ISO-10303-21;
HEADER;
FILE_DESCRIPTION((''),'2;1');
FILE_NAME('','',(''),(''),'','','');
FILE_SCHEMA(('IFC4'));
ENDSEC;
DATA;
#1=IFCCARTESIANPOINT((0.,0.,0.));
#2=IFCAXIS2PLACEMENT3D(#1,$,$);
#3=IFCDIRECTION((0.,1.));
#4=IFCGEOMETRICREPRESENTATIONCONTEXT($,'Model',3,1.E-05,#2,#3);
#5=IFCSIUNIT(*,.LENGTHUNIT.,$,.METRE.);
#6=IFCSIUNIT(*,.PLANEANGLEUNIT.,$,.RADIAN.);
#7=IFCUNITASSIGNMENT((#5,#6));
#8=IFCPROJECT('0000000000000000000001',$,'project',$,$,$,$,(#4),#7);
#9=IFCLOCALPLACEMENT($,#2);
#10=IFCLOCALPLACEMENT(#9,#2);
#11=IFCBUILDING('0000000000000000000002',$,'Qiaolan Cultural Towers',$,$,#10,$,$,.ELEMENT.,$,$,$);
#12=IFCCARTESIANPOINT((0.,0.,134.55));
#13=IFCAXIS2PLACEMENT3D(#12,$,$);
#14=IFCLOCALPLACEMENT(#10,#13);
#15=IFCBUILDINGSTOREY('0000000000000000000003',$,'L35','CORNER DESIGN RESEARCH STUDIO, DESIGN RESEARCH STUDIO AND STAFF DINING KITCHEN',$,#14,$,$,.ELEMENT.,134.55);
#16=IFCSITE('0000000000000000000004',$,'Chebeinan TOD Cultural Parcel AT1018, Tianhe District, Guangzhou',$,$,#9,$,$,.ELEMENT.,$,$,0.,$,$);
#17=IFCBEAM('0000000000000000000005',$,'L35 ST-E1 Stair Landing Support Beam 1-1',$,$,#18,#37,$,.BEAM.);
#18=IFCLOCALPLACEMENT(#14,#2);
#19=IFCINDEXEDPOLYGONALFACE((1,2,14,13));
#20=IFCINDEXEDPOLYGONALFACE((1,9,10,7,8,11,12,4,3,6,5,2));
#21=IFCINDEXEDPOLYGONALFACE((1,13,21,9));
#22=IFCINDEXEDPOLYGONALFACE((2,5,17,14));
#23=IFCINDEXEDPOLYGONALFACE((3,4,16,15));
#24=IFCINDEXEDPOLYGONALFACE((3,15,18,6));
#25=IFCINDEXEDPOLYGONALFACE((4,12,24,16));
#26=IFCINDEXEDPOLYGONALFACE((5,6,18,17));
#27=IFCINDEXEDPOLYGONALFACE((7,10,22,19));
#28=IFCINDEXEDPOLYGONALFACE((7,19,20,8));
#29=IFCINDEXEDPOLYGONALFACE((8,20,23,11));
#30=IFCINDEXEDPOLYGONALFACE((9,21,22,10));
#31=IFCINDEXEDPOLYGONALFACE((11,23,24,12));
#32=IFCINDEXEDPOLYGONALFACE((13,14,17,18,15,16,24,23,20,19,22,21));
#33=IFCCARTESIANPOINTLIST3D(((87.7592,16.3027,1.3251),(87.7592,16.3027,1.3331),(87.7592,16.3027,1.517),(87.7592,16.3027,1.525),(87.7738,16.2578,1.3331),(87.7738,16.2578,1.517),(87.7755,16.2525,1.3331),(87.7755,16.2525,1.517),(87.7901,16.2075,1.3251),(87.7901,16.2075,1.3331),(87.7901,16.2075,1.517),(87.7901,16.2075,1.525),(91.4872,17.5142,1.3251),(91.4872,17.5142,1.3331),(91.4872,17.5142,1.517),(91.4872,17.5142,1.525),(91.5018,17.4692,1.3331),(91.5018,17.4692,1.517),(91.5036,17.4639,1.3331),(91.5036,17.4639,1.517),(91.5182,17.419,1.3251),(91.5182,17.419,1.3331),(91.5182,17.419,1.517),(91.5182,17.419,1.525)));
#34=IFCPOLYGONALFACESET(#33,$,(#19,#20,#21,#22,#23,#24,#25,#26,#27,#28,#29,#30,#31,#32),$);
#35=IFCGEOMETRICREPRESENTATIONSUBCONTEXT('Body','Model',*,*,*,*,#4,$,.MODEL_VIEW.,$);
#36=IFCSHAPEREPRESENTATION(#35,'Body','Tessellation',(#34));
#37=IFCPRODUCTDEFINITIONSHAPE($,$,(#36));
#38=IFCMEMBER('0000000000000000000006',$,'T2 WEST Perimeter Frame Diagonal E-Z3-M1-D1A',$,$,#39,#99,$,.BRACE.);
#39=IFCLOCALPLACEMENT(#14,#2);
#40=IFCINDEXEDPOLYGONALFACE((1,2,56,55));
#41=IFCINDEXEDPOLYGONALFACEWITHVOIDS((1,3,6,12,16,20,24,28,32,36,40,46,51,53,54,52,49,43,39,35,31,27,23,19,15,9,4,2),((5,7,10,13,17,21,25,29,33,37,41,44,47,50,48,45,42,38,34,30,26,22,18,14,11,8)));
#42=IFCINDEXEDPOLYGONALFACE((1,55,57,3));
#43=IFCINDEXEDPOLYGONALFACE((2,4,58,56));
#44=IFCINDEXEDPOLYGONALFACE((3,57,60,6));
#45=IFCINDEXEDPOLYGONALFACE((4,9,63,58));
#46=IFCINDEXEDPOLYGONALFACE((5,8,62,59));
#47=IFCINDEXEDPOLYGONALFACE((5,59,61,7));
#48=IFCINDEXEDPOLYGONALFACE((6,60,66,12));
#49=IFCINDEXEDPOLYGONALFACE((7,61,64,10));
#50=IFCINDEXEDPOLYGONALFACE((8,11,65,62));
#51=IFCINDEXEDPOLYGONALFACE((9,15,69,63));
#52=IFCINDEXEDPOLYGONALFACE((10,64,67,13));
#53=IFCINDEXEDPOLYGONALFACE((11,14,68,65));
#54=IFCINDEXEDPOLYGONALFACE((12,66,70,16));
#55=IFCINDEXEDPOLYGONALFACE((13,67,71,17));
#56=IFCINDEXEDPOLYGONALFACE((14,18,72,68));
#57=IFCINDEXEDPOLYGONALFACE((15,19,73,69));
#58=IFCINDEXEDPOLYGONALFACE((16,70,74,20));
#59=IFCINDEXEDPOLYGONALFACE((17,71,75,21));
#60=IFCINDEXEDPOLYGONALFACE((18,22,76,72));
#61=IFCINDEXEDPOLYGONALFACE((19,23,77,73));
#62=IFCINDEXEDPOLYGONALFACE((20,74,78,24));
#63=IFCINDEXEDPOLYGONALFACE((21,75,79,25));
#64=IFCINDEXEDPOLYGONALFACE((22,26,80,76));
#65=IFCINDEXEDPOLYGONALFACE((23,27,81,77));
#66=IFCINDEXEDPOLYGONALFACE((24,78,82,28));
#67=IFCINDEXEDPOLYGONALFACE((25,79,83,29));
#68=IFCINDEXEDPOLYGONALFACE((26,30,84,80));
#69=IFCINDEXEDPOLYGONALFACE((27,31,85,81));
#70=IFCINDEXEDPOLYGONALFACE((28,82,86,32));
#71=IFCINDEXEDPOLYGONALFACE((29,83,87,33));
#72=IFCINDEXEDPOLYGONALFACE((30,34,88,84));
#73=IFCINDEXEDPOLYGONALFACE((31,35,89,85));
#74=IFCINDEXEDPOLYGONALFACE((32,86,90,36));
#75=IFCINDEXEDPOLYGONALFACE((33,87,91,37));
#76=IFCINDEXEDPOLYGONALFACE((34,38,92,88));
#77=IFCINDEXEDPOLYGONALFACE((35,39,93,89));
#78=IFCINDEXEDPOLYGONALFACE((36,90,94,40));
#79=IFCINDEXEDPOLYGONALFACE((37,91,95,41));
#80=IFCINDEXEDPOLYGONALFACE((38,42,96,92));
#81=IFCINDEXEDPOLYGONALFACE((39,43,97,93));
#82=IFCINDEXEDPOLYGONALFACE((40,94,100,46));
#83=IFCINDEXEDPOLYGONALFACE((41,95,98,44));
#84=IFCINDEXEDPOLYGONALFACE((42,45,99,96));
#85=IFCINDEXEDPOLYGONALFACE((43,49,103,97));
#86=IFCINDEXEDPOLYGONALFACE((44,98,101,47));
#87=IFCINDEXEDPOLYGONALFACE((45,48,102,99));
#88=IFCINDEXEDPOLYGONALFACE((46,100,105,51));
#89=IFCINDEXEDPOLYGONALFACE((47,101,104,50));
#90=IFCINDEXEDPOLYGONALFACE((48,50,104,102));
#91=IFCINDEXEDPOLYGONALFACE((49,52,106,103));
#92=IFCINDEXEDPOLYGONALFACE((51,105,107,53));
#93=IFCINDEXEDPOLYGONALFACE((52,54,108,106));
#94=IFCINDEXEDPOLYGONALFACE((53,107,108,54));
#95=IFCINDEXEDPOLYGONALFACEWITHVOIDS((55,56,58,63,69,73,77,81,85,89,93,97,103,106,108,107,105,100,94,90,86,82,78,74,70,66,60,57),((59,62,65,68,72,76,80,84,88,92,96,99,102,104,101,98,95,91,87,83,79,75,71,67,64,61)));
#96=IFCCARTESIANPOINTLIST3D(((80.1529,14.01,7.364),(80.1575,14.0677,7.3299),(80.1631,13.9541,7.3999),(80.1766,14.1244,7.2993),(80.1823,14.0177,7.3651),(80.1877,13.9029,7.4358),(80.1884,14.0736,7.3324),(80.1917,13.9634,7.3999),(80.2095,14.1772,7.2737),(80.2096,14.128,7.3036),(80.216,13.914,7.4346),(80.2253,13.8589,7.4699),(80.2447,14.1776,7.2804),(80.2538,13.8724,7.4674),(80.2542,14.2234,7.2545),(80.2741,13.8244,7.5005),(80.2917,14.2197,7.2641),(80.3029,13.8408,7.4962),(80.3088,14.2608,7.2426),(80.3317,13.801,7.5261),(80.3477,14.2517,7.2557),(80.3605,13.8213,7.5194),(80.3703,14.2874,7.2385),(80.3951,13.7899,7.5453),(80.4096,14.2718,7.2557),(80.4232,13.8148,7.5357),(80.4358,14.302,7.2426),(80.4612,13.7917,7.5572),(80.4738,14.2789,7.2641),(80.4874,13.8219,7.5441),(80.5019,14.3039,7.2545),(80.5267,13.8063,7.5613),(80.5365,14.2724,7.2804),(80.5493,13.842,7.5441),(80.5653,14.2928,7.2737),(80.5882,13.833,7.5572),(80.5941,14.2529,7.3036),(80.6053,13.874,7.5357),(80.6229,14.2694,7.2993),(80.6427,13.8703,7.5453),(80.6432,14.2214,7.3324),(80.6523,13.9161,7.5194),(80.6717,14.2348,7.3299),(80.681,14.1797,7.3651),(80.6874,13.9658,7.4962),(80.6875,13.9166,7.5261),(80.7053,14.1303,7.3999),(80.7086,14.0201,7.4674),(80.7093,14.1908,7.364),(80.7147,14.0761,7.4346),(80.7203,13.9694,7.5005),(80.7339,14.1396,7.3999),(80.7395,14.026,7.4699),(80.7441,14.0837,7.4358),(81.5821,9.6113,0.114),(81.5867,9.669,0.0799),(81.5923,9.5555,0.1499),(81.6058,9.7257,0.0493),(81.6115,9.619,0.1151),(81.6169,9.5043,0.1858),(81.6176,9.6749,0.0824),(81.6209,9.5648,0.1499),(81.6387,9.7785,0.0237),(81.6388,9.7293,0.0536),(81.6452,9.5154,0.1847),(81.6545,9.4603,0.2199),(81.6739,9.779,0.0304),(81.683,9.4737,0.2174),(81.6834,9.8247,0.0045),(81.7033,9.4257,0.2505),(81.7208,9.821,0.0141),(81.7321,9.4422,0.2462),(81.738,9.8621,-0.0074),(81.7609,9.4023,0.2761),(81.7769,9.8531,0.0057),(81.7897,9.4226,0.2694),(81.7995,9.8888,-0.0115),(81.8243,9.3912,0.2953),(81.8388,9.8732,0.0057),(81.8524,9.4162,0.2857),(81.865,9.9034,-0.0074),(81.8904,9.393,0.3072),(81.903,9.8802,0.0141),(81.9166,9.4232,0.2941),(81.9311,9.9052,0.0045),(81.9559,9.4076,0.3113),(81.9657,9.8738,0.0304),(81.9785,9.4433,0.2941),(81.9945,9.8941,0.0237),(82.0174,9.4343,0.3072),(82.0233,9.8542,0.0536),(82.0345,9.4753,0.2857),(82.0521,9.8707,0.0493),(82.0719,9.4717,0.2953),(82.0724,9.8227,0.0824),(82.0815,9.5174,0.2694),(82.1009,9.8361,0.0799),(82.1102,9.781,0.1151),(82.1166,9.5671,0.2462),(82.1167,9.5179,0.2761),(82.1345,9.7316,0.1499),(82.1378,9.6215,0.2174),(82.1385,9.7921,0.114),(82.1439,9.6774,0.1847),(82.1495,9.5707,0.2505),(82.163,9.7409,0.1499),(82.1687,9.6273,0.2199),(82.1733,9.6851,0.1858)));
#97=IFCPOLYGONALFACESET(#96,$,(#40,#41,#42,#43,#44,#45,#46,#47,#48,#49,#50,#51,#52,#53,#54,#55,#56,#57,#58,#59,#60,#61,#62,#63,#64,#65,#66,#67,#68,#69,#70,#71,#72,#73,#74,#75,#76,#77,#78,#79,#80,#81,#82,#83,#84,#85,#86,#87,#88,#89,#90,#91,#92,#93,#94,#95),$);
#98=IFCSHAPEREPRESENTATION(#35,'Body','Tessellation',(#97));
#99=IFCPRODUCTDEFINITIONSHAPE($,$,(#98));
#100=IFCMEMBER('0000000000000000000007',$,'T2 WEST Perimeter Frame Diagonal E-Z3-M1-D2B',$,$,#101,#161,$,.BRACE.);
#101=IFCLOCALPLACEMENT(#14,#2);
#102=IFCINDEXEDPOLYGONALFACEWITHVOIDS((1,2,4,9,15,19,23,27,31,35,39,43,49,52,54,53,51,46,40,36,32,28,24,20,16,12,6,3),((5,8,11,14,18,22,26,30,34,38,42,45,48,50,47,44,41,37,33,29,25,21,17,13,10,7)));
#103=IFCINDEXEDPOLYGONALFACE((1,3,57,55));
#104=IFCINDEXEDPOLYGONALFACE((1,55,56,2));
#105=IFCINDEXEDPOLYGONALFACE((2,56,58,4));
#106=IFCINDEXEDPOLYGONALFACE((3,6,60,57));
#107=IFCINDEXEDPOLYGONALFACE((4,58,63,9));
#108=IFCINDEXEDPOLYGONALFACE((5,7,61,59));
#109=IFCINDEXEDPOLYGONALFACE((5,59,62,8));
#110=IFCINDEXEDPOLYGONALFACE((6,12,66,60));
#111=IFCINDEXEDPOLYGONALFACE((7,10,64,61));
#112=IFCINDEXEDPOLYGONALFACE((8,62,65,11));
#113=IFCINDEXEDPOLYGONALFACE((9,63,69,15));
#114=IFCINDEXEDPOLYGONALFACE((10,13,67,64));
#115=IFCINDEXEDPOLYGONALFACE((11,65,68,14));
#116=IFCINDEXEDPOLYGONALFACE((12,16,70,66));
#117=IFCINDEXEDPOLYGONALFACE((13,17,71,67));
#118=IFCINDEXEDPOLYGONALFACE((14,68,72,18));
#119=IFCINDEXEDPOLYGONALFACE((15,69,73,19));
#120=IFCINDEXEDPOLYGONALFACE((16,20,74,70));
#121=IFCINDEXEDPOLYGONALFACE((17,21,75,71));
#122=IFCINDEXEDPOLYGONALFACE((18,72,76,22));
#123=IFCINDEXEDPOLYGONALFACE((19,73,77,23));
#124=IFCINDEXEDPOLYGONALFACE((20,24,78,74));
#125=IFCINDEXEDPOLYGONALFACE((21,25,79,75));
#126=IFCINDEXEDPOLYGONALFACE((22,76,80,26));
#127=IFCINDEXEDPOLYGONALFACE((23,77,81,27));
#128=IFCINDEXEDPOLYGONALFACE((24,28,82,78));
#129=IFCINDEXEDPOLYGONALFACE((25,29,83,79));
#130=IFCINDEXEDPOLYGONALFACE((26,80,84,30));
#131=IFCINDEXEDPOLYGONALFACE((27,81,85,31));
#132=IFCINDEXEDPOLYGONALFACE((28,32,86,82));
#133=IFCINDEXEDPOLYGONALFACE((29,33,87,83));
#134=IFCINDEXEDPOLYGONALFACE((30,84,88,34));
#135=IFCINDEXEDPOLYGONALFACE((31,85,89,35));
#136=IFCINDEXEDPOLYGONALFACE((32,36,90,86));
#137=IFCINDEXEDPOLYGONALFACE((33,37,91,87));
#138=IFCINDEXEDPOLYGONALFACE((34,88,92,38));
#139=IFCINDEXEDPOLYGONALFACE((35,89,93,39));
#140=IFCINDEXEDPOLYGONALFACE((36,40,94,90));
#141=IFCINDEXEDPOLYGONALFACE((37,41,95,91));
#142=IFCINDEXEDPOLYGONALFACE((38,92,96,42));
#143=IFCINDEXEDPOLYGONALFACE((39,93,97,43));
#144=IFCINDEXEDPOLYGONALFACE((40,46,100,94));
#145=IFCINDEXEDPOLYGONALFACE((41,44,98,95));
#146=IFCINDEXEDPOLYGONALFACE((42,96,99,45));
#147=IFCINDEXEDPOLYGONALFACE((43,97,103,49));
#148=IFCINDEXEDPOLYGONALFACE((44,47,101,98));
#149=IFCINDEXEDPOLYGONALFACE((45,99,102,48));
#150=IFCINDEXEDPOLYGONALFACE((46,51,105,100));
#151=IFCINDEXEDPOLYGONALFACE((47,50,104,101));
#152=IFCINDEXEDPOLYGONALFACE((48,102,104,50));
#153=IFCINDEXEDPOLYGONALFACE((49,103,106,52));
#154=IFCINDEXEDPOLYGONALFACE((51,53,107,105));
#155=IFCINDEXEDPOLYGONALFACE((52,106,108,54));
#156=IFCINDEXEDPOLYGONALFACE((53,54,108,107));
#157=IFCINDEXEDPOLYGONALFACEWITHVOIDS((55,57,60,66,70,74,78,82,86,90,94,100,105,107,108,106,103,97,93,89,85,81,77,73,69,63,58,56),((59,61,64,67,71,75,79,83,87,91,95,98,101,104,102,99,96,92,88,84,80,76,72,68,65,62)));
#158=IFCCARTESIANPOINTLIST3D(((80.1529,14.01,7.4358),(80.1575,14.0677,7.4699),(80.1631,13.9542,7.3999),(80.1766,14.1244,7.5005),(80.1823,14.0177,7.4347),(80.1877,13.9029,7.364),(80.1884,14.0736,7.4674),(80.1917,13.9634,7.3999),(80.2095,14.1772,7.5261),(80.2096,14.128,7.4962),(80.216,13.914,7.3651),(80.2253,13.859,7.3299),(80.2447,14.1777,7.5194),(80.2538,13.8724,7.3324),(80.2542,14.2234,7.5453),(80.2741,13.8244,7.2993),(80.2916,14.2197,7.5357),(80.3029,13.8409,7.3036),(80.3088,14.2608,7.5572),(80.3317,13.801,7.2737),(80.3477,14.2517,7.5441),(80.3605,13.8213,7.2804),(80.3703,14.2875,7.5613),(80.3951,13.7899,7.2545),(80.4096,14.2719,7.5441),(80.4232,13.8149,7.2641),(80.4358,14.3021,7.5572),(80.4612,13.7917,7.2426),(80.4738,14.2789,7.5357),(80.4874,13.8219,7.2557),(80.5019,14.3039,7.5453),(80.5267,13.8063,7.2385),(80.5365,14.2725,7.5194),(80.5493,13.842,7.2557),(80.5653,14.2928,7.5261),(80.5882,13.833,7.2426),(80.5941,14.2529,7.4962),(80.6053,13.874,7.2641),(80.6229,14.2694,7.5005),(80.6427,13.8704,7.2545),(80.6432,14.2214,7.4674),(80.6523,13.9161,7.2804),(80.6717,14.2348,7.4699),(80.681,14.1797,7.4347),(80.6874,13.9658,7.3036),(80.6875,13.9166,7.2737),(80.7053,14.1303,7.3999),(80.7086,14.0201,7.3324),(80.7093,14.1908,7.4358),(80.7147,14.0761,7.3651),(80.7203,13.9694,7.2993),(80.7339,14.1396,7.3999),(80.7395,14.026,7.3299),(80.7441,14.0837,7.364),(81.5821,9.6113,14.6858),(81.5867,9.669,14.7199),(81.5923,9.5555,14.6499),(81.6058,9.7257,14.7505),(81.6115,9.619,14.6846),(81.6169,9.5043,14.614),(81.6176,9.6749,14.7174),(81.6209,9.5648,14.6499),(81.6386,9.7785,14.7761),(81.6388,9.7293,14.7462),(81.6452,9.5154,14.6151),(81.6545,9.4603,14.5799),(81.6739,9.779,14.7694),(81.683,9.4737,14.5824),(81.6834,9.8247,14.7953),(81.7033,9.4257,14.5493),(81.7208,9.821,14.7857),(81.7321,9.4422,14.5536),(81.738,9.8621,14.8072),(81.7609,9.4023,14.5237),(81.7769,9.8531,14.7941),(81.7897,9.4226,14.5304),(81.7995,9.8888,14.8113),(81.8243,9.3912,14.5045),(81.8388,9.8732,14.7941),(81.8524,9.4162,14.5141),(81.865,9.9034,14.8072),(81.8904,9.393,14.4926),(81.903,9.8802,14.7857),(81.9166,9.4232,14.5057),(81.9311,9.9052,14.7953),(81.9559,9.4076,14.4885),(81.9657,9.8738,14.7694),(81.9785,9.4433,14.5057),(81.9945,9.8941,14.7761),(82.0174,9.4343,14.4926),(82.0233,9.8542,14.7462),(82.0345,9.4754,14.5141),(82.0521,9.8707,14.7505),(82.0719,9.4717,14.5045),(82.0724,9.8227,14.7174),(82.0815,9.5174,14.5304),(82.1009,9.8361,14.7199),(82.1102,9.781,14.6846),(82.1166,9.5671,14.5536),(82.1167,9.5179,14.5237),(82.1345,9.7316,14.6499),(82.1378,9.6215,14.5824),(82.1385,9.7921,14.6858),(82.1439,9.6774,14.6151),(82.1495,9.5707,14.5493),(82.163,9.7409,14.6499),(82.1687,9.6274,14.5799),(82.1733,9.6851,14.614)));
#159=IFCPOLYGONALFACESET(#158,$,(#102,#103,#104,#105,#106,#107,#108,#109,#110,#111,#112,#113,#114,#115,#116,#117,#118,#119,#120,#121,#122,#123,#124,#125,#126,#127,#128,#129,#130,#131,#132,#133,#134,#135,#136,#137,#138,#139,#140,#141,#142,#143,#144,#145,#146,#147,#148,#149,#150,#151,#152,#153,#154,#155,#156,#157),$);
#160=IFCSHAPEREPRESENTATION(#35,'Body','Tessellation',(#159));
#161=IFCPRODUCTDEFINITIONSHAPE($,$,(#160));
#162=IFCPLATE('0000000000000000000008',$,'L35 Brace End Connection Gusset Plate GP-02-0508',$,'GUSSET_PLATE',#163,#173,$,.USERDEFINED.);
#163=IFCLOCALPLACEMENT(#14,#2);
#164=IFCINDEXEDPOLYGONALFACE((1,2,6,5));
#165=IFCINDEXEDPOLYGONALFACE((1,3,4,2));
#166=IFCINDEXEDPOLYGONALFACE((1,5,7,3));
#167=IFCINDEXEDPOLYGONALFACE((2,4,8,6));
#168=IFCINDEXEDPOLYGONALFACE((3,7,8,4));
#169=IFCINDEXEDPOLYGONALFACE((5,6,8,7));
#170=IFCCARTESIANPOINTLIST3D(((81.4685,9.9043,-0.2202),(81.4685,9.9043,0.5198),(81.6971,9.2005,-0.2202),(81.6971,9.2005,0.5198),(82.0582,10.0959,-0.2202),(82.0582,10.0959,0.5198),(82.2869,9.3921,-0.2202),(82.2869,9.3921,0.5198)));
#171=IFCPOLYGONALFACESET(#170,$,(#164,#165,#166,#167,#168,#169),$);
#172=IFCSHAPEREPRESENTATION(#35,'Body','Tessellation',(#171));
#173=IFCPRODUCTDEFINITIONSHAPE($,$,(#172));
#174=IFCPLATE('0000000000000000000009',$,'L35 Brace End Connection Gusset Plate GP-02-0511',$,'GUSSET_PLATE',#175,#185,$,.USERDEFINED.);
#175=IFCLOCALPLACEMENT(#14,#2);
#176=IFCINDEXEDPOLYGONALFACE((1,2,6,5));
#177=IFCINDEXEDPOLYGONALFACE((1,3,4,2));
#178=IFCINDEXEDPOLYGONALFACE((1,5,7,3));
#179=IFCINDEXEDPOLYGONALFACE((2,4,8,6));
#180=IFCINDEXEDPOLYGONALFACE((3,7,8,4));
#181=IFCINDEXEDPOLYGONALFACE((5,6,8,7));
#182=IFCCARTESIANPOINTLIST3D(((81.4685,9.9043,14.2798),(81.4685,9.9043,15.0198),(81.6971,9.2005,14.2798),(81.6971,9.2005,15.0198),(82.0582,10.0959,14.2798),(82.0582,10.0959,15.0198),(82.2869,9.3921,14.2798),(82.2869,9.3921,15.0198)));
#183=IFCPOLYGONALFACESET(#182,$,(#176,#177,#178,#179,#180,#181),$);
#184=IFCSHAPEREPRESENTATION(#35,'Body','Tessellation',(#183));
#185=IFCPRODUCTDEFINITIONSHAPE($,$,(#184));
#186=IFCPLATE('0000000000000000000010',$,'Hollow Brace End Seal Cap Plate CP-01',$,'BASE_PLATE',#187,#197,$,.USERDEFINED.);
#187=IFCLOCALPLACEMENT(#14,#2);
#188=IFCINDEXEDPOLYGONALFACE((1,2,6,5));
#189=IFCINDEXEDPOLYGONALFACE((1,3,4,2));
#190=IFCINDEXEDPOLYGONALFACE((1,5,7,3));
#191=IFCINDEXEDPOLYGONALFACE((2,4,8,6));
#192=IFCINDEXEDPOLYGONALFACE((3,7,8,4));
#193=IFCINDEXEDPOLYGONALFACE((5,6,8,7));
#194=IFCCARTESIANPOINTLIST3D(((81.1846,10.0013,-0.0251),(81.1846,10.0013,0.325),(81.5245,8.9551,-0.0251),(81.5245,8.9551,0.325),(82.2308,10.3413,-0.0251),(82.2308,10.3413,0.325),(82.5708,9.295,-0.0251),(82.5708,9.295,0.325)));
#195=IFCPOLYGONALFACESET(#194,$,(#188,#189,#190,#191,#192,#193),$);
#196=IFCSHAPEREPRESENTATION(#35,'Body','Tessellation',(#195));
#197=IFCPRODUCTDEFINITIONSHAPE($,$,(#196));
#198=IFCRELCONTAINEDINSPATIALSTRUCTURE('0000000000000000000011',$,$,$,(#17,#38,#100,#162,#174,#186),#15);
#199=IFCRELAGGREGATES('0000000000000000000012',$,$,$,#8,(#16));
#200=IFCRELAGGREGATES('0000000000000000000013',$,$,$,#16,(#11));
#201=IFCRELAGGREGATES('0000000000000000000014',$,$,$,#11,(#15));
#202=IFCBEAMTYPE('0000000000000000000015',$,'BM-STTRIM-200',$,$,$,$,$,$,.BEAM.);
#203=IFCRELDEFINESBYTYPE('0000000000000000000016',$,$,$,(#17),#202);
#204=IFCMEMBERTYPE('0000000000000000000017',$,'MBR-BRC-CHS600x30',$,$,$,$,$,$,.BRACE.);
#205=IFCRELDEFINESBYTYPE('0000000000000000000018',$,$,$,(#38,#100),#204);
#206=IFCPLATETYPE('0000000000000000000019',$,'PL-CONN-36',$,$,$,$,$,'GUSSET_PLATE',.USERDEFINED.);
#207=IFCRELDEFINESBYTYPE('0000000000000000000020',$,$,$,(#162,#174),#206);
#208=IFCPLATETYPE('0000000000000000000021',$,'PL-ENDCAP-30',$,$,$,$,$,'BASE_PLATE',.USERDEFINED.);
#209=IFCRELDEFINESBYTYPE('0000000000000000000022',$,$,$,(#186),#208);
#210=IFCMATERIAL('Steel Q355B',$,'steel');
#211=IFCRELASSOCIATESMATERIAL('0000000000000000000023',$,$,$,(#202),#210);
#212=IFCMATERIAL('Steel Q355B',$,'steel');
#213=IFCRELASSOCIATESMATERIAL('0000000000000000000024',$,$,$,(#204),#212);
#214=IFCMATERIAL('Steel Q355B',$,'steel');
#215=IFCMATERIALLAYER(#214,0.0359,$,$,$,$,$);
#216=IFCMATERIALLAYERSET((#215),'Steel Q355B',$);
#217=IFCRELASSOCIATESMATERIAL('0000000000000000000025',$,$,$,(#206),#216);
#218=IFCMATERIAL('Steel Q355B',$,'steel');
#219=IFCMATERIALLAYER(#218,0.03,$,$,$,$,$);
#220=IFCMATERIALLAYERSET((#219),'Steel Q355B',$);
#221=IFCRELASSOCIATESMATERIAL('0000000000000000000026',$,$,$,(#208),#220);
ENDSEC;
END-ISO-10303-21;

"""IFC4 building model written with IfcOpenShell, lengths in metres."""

from ifc_helpers import new_model, si_unit, direction, frame, origin, origin_2d, place, context, subcontext, project, spatial, rectangle, hollow_circle, i_section, extrude, material, layer, layer_set, material_profile, profile_set, type_object, element, save


model = new_model("IFC4")

# Units and contexts
model_context = context("Model", 3, precision=1e-05, world=origin(), true_north=direction((0.0, 1.0)))
body_context = subcontext(model_context, "Body", "Model", "MODEL_VIEW")
ifc_project = project(units=[si_unit("LENGTHUNIT", "METRE"), si_unit("PLANEANGLEUNIT", "RADIAN")], contexts=[model_context])

# Site, building, storey
site_placement = place(None, origin())
site = spatial("IfcSite", under=ifc_project, at=site_placement, Name="Chebeinan TOD Cultural Parcel AT1018, Tianhe District, Guangzhou", CompositionType="ELEMENT", RefElevation=0.0)
building_placement = place(site_placement, origin())
building = spatial("IfcBuilding", under=site, at=building_placement, Name="Qiaolan Cultural Towers", CompositionType="ELEMENT")
storey_placement = place(building_placement, frame((0.0, 0.0, 134.55)))
storey = spatial("IfcBuildingStorey", under=building, at=storey_placement, Name="L35", Description="CORNER DESIGN RESEARCH STUDIO, DESIGN RESEARCH STUDIO AND STAFF DINING KITCHEN", CompositionType="ELEMENT", Elevation=134.55)

# Beam
ifc_material_1 = material(Name="Steel Q355B", Category="steel")
ifc_material_profile_1 = material_profile(ifc_material_1, i_section(OverallWidth=0.1001, OverallDepth=0.2, WebThickness=0.0056, FlangeThickness=0.0081, at=origin_2d()), Name="HN200x100x5.5x8")
ifc_profile_set_1 = profile_set([ifc_material_profile_1], Name="Steel Q355B")
beam_type_1 = type_object("IfcBeamType", Name="BM-STTRIM-200", PredefinedType="BEAM", material=ifc_profile_set_1)
beam_1_placement = place(storey_placement, frame((87.7747, 16.2551, 1.425), z_axis=(0.951048, 0.309044, 0.0), x_axis=(-0.309044, 0.951048, 0.0)))
element("IfcBeam", 1, at=beam_1_placement, inside=storey, type_object=beam_type_1, Name="L35 ST-E1 Stair Landing Support Beam 1-1", PredefinedType="BEAM", context=body_context, shape_type="SweptSolid", body=[
    extrude(i_section(OverallWidth=0.1001, OverallDepth=0.2, WebThickness=0.0056, FlangeThickness=0.0081, at=origin_2d()), origin(), (0.0, 0.0, 1.0), 3.9199),
])

# Members
ifc_material_2 = material(Name="Steel Q355B", Category="steel")
ifc_material_profile_2 = material_profile(ifc_material_2, hollow_circle(Radius=0.3, WallThickness=0.03, at=origin_2d()), Name="CHS600x30")
ifc_profile_set_2 = profile_set([ifc_material_profile_2], Name="Steel Q355B")
member_type = type_object("IfcMemberType", Name="MBR-BRC-CHS600x30", PredefinedType="BRACE", material=ifc_profile_set_2)
for number, where, z_axis, x_axis, name in (
    (2, (81.8777, 9.6482, 0.1499), (-0.166193, 0.511497, 0.84306), (-0.951058, -0.309013, 0.0), "T2 WEST Perimeter Frame Diagonal E-Z3-M1-D1A"),
    (3, (80.4485, 14.0469, 7.3999), (0.166193, -0.511497, 0.84306), (0.951058, 0.309013, 0.0), "T2 WEST Perimeter Frame Diagonal E-Z3-M1-D2B"),
):
    element("IfcMember", number, at=place(storey_placement, frame(where, z_axis=z_axis, x_axis=x_axis)), inside=storey, type_object=member_type, Name=name, PredefinedType="BRACE", context=body_context, shape_type="SweptSolid", body=[
        extrude(hollow_circle(Radius=0.3, WallThickness=0.03, at=origin_2d()), origin(), (0.0, 0.0, 1.0), 8.5996),
    ])

# Plates
ifc_material_3 = material(Name="Steel Q355B", Category="steel")
ifc_layer_1 = layer(ifc_material_3, 0.0359)
ifc_layer_set_1 = layer_set([ifc_layer_1], Name="Steel Q355B")
plate_type_1 = type_object("IfcPlateType", Name="PL-CONN-36", ElementType="GUSSET_PLATE", PredefinedType="USERDEFINED", material=ifc_layer_set_1)
for number, where, z_axis, x_axis, name in (
    (4, (81.8777, 9.6482, -0.2202), (0.0, 0.0, 1.0), (-0.309017, 0.951057, 0.0), "L35 Brace End Connection Gusset Plate GP-02-0508"),
    (5, (81.8777, 9.6482, 14.2798), (0.0, 0.0, 1.0), (-0.309017, 0.951057, 0.0), "L35 Brace End Connection Gusset Plate GP-02-0511"),
):
    element("IfcPlate", number, at=place(storey_placement, frame(where, z_axis=z_axis, x_axis=x_axis)), inside=storey, type_object=plate_type_1, Name=name, ObjectType="GUSSET_PLATE", PredefinedType="USERDEFINED", context=body_context, shape_type="SweptSolid", body=[
        extrude(rectangle(XDim=0.74, YDim=0.6201, at=origin_2d()), origin(), (0.0, 0.0, 1.0), 0.74),
    ])
ifc_material_4 = material(Name="Steel Q355B", Category="steel")
ifc_layer_2 = layer(ifc_material_4, 0.03)
ifc_layer_set_2 = layer_set([ifc_layer_2], Name="Steel Q355B")
plate_type_2 = type_object("IfcPlateType", Name="PL-ENDCAP-30", ElementType="BASE_PLATE", PredefinedType="USERDEFINED", material=ifc_layer_set_2)
for number, where, z_axis, x_axis, name in (
    (6, (81.8777, 9.6482, -0.0251), (0.0, 0.0, 1.0), (-0.309017, 0.951057, 0.0), "Hollow Brace End Seal Cap Plate CP-01"),
):
    element("IfcPlate", number, at=place(storey_placement, frame(where, z_axis=z_axis, x_axis=x_axis)), inside=storey, type_object=plate_type_2, Name=name, ObjectType="BASE_PLATE", PredefinedType="USERDEFINED", context=body_context, shape_type="SweptSolid", body=[
        extrude(rectangle(XDim=1.1001, YDim=1.1001, at=origin_2d()), origin(), (0.0, 0.0, 1.0), 0.3501),
    ])

save(model, "model.ifc")
